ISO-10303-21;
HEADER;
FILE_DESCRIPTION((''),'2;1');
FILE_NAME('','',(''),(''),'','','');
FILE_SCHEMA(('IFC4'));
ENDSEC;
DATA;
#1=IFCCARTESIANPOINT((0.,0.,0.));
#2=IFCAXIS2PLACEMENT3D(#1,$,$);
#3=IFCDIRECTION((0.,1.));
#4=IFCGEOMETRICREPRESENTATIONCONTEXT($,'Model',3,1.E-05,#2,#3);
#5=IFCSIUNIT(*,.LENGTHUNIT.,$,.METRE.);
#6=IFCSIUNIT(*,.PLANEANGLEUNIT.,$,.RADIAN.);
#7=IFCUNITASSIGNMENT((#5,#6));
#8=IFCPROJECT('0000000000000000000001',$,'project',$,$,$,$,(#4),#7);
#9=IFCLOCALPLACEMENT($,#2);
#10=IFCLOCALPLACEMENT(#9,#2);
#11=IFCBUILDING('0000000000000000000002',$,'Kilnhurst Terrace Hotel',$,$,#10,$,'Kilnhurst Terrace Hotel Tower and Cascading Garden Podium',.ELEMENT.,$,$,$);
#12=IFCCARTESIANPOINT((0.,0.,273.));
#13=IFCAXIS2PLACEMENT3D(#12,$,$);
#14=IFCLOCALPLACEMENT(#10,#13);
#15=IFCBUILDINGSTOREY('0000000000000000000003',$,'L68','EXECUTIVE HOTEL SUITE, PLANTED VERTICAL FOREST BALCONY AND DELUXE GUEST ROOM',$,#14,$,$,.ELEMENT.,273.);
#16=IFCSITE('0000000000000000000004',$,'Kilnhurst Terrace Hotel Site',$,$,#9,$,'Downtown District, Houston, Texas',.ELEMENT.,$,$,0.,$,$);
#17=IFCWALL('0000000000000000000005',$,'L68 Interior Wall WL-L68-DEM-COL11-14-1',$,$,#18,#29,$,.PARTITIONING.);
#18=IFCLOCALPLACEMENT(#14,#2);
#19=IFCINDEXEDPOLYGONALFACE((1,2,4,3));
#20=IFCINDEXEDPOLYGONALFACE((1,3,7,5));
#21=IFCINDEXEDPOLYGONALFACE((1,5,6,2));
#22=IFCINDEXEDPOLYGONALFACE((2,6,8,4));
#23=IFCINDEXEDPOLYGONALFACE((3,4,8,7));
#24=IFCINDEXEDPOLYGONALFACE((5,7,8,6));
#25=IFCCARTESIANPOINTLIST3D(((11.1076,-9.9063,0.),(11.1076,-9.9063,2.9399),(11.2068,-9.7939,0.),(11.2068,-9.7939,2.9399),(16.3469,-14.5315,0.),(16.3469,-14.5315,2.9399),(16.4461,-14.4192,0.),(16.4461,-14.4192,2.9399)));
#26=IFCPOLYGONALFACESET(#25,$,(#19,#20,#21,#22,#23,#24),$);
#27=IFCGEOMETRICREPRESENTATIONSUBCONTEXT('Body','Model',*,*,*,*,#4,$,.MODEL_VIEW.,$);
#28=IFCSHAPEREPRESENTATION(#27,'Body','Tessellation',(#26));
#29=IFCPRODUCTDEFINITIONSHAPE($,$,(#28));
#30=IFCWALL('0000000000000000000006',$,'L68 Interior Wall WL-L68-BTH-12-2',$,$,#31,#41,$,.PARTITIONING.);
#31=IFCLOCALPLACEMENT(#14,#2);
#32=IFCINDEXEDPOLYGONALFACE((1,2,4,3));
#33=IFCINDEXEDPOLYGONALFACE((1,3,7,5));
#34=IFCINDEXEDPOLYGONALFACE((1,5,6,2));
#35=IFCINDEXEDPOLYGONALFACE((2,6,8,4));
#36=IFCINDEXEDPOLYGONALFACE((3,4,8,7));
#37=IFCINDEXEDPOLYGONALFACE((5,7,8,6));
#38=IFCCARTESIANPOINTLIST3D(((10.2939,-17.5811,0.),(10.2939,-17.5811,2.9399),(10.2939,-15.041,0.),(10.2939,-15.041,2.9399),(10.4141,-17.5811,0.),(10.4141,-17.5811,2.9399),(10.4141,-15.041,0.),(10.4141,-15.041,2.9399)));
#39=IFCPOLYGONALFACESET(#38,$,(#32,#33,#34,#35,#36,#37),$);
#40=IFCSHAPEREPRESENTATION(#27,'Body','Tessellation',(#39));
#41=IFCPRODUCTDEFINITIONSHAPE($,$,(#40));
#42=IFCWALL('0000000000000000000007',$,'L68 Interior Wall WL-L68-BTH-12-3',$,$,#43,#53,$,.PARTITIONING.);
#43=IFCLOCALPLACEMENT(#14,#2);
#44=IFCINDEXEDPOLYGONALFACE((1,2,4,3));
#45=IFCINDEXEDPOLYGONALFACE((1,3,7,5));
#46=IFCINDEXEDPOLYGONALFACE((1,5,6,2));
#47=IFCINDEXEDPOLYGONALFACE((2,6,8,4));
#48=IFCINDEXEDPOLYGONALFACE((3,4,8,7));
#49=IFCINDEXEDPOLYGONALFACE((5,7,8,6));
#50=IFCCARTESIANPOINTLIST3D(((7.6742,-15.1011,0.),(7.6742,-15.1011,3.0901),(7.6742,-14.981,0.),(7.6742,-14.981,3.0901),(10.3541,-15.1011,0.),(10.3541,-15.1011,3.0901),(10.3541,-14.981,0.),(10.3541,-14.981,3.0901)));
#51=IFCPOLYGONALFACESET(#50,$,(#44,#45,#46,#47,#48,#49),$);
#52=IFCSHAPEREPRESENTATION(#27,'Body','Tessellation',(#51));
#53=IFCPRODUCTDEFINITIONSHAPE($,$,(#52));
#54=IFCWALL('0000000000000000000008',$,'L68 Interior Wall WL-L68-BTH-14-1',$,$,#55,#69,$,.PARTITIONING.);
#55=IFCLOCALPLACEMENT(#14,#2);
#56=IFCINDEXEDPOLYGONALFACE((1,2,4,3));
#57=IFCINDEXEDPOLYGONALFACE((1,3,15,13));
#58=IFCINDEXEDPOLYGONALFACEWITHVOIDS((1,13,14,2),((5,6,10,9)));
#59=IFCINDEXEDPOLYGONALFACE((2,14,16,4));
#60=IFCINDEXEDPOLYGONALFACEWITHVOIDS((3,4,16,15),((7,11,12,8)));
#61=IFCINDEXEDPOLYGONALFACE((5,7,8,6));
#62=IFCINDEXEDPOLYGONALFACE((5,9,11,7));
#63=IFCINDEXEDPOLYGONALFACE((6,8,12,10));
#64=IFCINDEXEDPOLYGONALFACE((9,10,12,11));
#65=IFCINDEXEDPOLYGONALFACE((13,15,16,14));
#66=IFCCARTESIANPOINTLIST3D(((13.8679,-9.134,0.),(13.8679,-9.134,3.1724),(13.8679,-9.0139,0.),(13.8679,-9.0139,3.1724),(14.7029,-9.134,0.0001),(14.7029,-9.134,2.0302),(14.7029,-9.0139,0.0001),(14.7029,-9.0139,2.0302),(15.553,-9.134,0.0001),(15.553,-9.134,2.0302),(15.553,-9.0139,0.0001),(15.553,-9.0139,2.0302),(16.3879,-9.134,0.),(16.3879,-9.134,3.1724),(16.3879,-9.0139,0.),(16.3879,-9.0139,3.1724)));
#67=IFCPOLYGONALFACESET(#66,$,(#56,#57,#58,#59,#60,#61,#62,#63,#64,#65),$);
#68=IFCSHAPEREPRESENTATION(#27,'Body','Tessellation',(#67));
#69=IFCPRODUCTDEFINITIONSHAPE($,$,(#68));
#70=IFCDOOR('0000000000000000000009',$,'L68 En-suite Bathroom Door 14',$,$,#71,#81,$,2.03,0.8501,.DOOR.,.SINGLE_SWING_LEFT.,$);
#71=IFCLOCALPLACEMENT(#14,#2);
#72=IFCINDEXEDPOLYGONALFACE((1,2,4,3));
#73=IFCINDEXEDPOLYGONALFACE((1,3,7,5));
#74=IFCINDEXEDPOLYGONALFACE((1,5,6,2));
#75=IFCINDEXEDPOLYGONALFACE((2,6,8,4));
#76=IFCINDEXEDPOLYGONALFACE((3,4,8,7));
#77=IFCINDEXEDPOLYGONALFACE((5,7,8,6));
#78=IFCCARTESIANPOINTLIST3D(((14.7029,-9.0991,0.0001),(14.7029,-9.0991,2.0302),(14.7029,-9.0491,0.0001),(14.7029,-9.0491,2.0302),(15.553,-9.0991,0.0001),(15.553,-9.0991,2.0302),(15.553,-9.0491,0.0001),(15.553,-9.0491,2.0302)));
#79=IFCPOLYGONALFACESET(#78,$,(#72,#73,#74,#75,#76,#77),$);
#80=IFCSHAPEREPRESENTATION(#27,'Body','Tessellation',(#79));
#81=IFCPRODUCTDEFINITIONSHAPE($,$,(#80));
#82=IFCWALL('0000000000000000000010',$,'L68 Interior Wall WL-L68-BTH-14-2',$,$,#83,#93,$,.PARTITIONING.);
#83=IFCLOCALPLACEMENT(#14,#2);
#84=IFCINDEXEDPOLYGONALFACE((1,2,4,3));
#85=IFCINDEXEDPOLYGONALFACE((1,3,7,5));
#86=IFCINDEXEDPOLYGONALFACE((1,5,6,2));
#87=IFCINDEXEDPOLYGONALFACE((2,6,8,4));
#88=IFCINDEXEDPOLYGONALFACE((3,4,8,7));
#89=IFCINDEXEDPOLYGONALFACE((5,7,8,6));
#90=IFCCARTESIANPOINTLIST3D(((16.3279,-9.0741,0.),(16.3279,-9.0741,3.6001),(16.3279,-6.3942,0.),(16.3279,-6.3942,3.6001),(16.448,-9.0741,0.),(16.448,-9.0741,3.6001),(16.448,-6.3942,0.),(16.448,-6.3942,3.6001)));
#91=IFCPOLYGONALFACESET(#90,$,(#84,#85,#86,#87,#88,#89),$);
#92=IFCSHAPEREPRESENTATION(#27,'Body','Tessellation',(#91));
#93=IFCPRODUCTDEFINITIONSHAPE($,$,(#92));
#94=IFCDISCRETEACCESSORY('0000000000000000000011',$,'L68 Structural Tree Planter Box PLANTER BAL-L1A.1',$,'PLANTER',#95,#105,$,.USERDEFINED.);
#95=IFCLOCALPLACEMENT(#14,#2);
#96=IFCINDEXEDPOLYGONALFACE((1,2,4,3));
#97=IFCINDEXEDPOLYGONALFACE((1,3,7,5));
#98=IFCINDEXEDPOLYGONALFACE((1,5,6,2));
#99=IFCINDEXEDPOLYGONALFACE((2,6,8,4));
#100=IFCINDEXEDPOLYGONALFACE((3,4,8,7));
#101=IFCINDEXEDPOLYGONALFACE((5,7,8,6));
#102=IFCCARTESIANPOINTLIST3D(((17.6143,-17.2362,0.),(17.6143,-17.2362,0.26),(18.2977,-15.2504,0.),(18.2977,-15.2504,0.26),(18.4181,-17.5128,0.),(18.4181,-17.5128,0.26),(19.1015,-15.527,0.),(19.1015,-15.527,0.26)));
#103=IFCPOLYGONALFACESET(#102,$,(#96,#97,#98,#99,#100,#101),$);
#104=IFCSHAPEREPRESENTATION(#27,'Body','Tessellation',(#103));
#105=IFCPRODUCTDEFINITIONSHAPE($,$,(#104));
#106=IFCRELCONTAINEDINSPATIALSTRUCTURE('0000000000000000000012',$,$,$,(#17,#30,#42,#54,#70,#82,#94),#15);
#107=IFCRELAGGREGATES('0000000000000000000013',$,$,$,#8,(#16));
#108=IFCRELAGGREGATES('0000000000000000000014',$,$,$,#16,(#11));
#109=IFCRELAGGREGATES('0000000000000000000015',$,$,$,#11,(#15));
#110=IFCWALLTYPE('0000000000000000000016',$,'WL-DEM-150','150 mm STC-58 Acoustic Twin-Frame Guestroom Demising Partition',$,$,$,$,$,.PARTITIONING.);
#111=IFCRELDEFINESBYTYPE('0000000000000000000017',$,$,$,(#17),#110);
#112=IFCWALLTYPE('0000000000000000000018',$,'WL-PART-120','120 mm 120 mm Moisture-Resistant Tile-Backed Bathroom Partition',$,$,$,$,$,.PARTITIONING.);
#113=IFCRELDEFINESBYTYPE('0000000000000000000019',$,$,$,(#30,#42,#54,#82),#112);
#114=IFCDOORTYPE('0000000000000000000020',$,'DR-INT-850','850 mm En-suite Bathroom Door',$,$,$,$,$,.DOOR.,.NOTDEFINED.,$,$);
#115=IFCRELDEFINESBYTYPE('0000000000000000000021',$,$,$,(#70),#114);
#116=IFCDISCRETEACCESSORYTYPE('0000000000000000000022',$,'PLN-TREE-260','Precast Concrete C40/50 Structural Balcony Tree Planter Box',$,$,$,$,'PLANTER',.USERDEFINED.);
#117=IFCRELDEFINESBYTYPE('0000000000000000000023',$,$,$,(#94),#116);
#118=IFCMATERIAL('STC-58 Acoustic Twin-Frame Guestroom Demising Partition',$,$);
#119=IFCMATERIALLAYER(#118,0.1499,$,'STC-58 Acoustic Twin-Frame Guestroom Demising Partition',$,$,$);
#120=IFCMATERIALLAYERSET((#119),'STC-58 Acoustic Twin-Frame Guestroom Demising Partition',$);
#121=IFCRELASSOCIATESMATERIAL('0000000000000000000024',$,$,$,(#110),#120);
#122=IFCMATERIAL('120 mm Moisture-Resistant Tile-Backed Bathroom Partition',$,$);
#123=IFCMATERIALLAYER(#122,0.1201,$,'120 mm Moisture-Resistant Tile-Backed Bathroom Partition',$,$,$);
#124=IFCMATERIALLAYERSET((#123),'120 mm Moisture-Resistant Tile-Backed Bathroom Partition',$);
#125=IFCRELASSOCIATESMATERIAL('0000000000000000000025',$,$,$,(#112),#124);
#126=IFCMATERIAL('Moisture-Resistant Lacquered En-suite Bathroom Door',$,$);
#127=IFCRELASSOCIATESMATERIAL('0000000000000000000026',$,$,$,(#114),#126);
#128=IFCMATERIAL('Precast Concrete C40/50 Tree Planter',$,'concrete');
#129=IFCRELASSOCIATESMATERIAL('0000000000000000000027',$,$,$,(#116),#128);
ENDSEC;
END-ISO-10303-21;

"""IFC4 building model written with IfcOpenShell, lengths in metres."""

from ifc_helpers import new_model, si_unit, direction, frame, frame_2d, origin, origin_2d, place, context, subcontext, project, spatial, rectangle, extrude, material, layer, layer_set, type_object, element, fill, save


model = new_model("IFC4")

# Units and contexts
model_context = context("Model", 3, precision=1e-05, world=origin(), true_north=direction((0.0, 1.0)))
body_context = subcontext(model_context, "Body", "Model", "MODEL_VIEW")
ifc_project = project(units=[si_unit("LENGTHUNIT", "METRE"), si_unit("PLANEANGLEUNIT", "RADIAN")], contexts=[model_context])

# Site, building, storey
site_placement = place(None, origin())
site = spatial("IfcSite", under=ifc_project, at=site_placement, Name="Kilnhurst Terrace Hotel Site", LongName="Downtown District, Houston, Texas", CompositionType="ELEMENT", RefElevation=0.0)
building_placement = place(site_placement, origin())
building = spatial("IfcBuilding", under=site, at=building_placement, Name="Kilnhurst Terrace Hotel", LongName="Kilnhurst Terrace Hotel Tower and Cascading Garden Podium", CompositionType="ELEMENT")
storey_placement = place(building_placement, frame((0.0, 0.0, 273.0)))
storey = spatial("IfcBuildingStorey", under=building, at=storey_placement, Name="L68", Description="EXECUTIVE HOTEL SUITE, PLANTED VERTICAL FOREST BALCONY AND DELUXE GUEST ROOM", CompositionType="ELEMENT", Elevation=273.0)

# Walls
ifc_material_1 = material(Name="STC-58 Acoustic Twin-Frame Guestroom Demising Partition")
ifc_layer_1 = layer(ifc_material_1, 0.1499, Name="STC-58 Acoustic Twin-Frame Guestroom Demising Partition")
ifc_layer_set_1 = layer_set([ifc_layer_1], Name="STC-58 Acoustic Twin-Frame Guestroom Demising Partition")
wall_type_1 = type_object("IfcWallType", Name="WL-DEM-150", Description="150 mm STC-58 Acoustic Twin-Frame Guestroom Demising Partition", PredefinedType="PARTITIONING", material=ifc_layer_set_1)
wall_1_placement = place(storey_placement, frame((11.1572, -9.8501, 0.0), z_axis=(0.0, 0.0, 1.0), x_axis=(0.74967, -0.661812, 0.0)))
element("IfcWall", 1, at=wall_1_placement, inside=storey, type_object=wall_type_1, Name="L68 Interior Wall WL-L68-DEM-COL11-14-1", PredefinedType="PARTITIONING", context=body_context, shape_type="SweptSolid", body=[
    extrude(rectangle(XDim=6.9888, YDim=0.1499, at=frame_2d((3.4944, 0.0))), origin(), (0.0, 0.0, 1.0), 2.9399),
])
ifc_material_2 = material(Name="120 mm Moisture-Resistant Tile-Backed Bathroom Partition")
ifc_layer_2 = layer(ifc_material_2, 0.1201, Name="120 mm Moisture-Resistant Tile-Backed Bathroom Partition")
ifc_layer_set_2 = layer_set([ifc_layer_2], Name="120 mm Moisture-Resistant Tile-Backed Bathroom Partition")
wall_type_2 = type_object("IfcWallType", Name="WL-PART-120", Description="120 mm 120 mm Moisture-Resistant Tile-Backed Bathroom Partition", PredefinedType="PARTITIONING", material=ifc_layer_set_2)
wall_2_placement = place(storey_placement, frame((10.354, -17.5811, 0.0), z_axis=(0.0, 0.0, 1.0), x_axis=(0.0, 1.0, 0.0)))
element("IfcWall", 2, at=wall_2_placement, inside=storey, type_object=wall_type_2, Name="L68 Interior Wall WL-L68-BTH-12-2", PredefinedType="PARTITIONING", context=body_context, shape_type="SweptSolid", body=[
    extrude(rectangle(XDim=2.54, YDim=0.1201, at=frame_2d((1.27, 0.0))), origin(), (0.0, 0.0, 1.0), 2.9399),
])
wall_3_placement = place(storey_placement, frame((10.354, -15.041, 0.0), z_axis=(0.0, 0.0, 1.0), x_axis=(-1.0, 0.0, 0.0)))
element("IfcWall", 3, at=wall_3_placement, inside=storey, type_object=wall_type_2, Name="L68 Interior Wall WL-L68-BTH-12-3", PredefinedType="PARTITIONING", context=body_context, shape_type="SweptSolid", body=[
    extrude(rectangle(XDim=2.6799, YDim=0.1201, at=frame_2d((1.3398, 0.0))), origin(), (0.0, 0.0, 1.0), 3.0901),
])

# Wall, opening, door
wall_4_placement = place(storey_placement, frame((13.8679, -9.074, 0.0), z_axis=(0.0, 0.0, 1.0), x_axis=(1.0, 0.0, 0.0)))
wall_4 = element("IfcWall", 4, at=wall_4_placement, inside=storey, type_object=wall_type_2, Name="L68 Interior Wall WL-L68-BTH-14-1", PredefinedType="PARTITIONING", context=body_context, shape_type="SweptSolid", body=[
    extrude(rectangle(XDim=2.52, YDim=0.1201, at=frame_2d((1.26, 0.0))), origin(), (0.0, 0.0, 1.0), 3.1724),
])
opening_1_placement = place(wall_4_placement, frame((0.835, 0.0, 0.0)))
opening_1 = element("IfcOpeningElement", 5, at=opening_1_placement, cuts=wall_4, PredefinedType="OPENING", context=body_context, shape_type="SweptSolid", body=[
    extrude(rectangle(XDim=0.8501, YDim=2.03, at=frame_2d((0.425, 1.0151))), frame((0.0, 0.0701, 0.0), z_axis=(0.0, -1.0, 0.0), x_axis=(1.0, 0.0, 0.0)), (0.0, 0.0, 1.0), 0.1401),
])
ifc_material_3 = material(Name="Moisture-Resistant Lacquered En-suite Bathroom Door")
door_type_1 = type_object("IfcDoorType", Name="DR-INT-850", Description="850 mm En-suite Bathroom Door", OperationType="NOTDEFINED", PredefinedType="DOOR", material=ifc_material_3)
door_1_placement = place(opening_1_placement, origin())
door_1 = element("IfcDoor", 6, at=door_1_placement, inside=storey, type_object=door_type_1, Name="L68 En-suite Bathroom Door 14", OperationType="SINGLE_SWING_LEFT", OverallHeight=2.03, OverallWidth=0.8501, PredefinedType="DOOR", context=body_context, shape_type="SweptSolid", body=[
    extrude(rectangle(XDim=0.8501, YDim=2.03, at=frame_2d((0.425, 1.0151))), frame((0.0, 0.0249, 0.0), z_axis=(0.0, -1.0, 0.0), x_axis=(1.0, 0.0, 0.0)), (0.0, 0.0, 1.0), 0.05),
])
fill(opening_1, door_1)

# Wall
wall_5_placement = place(storey_placement, frame((16.3879, -9.074, 0.0), z_axis=(0.0, 0.0, 1.0), x_axis=(0.0, 1.0, 0.0)))
element("IfcWall", 7, at=wall_5_placement, inside=storey, type_object=wall_type_2, Name="L68 Interior Wall WL-L68-BTH-14-2", PredefinedType="PARTITIONING", context=body_context, shape_type="SweptSolid", body=[
    extrude(rectangle(XDim=2.6799, YDim=0.1201, at=frame_2d((1.3398, 0.0))), origin(), (0.0, 0.0, 1.0), 3.6001),
])

# Discrete accessory
ifc_material_4 = material(Name="Precast Concrete C40/50 Tree Planter", Category="concrete")
discrete_accessory_type = type_object("IfcDiscreteAccessoryType", Name="PLN-TREE-260", Description="Precast Concrete C40/50 Structural Balcony Tree Planter Box", ElementType="PLANTER", PredefinedType="USERDEFINED", material=ifc_material_4)
discrete_accessory_placement = place(storey_placement, frame((18.3579, -16.3816, 0.0), z_axis=(0.0, 0.0, 1.0), x_axis=(0.325403, 0.945575, 0.0)))
element("IfcDiscreteAccessory", 8, at=discrete_accessory_placement, inside=storey, type_object=discrete_accessory_type, Name="L68 Structural Tree Planter Box PLANTER BAL-L1A.1", ObjectType="PLANTER", PredefinedType="USERDEFINED", context=body_context, shape_type="SweptSolid", body=[
    extrude(rectangle(XDim=2.1001, YDim=0.8501, at=origin_2d()), origin(), (0.0, 0.0, 1.0), 0.26),
])

save(model, "model.ifc")
